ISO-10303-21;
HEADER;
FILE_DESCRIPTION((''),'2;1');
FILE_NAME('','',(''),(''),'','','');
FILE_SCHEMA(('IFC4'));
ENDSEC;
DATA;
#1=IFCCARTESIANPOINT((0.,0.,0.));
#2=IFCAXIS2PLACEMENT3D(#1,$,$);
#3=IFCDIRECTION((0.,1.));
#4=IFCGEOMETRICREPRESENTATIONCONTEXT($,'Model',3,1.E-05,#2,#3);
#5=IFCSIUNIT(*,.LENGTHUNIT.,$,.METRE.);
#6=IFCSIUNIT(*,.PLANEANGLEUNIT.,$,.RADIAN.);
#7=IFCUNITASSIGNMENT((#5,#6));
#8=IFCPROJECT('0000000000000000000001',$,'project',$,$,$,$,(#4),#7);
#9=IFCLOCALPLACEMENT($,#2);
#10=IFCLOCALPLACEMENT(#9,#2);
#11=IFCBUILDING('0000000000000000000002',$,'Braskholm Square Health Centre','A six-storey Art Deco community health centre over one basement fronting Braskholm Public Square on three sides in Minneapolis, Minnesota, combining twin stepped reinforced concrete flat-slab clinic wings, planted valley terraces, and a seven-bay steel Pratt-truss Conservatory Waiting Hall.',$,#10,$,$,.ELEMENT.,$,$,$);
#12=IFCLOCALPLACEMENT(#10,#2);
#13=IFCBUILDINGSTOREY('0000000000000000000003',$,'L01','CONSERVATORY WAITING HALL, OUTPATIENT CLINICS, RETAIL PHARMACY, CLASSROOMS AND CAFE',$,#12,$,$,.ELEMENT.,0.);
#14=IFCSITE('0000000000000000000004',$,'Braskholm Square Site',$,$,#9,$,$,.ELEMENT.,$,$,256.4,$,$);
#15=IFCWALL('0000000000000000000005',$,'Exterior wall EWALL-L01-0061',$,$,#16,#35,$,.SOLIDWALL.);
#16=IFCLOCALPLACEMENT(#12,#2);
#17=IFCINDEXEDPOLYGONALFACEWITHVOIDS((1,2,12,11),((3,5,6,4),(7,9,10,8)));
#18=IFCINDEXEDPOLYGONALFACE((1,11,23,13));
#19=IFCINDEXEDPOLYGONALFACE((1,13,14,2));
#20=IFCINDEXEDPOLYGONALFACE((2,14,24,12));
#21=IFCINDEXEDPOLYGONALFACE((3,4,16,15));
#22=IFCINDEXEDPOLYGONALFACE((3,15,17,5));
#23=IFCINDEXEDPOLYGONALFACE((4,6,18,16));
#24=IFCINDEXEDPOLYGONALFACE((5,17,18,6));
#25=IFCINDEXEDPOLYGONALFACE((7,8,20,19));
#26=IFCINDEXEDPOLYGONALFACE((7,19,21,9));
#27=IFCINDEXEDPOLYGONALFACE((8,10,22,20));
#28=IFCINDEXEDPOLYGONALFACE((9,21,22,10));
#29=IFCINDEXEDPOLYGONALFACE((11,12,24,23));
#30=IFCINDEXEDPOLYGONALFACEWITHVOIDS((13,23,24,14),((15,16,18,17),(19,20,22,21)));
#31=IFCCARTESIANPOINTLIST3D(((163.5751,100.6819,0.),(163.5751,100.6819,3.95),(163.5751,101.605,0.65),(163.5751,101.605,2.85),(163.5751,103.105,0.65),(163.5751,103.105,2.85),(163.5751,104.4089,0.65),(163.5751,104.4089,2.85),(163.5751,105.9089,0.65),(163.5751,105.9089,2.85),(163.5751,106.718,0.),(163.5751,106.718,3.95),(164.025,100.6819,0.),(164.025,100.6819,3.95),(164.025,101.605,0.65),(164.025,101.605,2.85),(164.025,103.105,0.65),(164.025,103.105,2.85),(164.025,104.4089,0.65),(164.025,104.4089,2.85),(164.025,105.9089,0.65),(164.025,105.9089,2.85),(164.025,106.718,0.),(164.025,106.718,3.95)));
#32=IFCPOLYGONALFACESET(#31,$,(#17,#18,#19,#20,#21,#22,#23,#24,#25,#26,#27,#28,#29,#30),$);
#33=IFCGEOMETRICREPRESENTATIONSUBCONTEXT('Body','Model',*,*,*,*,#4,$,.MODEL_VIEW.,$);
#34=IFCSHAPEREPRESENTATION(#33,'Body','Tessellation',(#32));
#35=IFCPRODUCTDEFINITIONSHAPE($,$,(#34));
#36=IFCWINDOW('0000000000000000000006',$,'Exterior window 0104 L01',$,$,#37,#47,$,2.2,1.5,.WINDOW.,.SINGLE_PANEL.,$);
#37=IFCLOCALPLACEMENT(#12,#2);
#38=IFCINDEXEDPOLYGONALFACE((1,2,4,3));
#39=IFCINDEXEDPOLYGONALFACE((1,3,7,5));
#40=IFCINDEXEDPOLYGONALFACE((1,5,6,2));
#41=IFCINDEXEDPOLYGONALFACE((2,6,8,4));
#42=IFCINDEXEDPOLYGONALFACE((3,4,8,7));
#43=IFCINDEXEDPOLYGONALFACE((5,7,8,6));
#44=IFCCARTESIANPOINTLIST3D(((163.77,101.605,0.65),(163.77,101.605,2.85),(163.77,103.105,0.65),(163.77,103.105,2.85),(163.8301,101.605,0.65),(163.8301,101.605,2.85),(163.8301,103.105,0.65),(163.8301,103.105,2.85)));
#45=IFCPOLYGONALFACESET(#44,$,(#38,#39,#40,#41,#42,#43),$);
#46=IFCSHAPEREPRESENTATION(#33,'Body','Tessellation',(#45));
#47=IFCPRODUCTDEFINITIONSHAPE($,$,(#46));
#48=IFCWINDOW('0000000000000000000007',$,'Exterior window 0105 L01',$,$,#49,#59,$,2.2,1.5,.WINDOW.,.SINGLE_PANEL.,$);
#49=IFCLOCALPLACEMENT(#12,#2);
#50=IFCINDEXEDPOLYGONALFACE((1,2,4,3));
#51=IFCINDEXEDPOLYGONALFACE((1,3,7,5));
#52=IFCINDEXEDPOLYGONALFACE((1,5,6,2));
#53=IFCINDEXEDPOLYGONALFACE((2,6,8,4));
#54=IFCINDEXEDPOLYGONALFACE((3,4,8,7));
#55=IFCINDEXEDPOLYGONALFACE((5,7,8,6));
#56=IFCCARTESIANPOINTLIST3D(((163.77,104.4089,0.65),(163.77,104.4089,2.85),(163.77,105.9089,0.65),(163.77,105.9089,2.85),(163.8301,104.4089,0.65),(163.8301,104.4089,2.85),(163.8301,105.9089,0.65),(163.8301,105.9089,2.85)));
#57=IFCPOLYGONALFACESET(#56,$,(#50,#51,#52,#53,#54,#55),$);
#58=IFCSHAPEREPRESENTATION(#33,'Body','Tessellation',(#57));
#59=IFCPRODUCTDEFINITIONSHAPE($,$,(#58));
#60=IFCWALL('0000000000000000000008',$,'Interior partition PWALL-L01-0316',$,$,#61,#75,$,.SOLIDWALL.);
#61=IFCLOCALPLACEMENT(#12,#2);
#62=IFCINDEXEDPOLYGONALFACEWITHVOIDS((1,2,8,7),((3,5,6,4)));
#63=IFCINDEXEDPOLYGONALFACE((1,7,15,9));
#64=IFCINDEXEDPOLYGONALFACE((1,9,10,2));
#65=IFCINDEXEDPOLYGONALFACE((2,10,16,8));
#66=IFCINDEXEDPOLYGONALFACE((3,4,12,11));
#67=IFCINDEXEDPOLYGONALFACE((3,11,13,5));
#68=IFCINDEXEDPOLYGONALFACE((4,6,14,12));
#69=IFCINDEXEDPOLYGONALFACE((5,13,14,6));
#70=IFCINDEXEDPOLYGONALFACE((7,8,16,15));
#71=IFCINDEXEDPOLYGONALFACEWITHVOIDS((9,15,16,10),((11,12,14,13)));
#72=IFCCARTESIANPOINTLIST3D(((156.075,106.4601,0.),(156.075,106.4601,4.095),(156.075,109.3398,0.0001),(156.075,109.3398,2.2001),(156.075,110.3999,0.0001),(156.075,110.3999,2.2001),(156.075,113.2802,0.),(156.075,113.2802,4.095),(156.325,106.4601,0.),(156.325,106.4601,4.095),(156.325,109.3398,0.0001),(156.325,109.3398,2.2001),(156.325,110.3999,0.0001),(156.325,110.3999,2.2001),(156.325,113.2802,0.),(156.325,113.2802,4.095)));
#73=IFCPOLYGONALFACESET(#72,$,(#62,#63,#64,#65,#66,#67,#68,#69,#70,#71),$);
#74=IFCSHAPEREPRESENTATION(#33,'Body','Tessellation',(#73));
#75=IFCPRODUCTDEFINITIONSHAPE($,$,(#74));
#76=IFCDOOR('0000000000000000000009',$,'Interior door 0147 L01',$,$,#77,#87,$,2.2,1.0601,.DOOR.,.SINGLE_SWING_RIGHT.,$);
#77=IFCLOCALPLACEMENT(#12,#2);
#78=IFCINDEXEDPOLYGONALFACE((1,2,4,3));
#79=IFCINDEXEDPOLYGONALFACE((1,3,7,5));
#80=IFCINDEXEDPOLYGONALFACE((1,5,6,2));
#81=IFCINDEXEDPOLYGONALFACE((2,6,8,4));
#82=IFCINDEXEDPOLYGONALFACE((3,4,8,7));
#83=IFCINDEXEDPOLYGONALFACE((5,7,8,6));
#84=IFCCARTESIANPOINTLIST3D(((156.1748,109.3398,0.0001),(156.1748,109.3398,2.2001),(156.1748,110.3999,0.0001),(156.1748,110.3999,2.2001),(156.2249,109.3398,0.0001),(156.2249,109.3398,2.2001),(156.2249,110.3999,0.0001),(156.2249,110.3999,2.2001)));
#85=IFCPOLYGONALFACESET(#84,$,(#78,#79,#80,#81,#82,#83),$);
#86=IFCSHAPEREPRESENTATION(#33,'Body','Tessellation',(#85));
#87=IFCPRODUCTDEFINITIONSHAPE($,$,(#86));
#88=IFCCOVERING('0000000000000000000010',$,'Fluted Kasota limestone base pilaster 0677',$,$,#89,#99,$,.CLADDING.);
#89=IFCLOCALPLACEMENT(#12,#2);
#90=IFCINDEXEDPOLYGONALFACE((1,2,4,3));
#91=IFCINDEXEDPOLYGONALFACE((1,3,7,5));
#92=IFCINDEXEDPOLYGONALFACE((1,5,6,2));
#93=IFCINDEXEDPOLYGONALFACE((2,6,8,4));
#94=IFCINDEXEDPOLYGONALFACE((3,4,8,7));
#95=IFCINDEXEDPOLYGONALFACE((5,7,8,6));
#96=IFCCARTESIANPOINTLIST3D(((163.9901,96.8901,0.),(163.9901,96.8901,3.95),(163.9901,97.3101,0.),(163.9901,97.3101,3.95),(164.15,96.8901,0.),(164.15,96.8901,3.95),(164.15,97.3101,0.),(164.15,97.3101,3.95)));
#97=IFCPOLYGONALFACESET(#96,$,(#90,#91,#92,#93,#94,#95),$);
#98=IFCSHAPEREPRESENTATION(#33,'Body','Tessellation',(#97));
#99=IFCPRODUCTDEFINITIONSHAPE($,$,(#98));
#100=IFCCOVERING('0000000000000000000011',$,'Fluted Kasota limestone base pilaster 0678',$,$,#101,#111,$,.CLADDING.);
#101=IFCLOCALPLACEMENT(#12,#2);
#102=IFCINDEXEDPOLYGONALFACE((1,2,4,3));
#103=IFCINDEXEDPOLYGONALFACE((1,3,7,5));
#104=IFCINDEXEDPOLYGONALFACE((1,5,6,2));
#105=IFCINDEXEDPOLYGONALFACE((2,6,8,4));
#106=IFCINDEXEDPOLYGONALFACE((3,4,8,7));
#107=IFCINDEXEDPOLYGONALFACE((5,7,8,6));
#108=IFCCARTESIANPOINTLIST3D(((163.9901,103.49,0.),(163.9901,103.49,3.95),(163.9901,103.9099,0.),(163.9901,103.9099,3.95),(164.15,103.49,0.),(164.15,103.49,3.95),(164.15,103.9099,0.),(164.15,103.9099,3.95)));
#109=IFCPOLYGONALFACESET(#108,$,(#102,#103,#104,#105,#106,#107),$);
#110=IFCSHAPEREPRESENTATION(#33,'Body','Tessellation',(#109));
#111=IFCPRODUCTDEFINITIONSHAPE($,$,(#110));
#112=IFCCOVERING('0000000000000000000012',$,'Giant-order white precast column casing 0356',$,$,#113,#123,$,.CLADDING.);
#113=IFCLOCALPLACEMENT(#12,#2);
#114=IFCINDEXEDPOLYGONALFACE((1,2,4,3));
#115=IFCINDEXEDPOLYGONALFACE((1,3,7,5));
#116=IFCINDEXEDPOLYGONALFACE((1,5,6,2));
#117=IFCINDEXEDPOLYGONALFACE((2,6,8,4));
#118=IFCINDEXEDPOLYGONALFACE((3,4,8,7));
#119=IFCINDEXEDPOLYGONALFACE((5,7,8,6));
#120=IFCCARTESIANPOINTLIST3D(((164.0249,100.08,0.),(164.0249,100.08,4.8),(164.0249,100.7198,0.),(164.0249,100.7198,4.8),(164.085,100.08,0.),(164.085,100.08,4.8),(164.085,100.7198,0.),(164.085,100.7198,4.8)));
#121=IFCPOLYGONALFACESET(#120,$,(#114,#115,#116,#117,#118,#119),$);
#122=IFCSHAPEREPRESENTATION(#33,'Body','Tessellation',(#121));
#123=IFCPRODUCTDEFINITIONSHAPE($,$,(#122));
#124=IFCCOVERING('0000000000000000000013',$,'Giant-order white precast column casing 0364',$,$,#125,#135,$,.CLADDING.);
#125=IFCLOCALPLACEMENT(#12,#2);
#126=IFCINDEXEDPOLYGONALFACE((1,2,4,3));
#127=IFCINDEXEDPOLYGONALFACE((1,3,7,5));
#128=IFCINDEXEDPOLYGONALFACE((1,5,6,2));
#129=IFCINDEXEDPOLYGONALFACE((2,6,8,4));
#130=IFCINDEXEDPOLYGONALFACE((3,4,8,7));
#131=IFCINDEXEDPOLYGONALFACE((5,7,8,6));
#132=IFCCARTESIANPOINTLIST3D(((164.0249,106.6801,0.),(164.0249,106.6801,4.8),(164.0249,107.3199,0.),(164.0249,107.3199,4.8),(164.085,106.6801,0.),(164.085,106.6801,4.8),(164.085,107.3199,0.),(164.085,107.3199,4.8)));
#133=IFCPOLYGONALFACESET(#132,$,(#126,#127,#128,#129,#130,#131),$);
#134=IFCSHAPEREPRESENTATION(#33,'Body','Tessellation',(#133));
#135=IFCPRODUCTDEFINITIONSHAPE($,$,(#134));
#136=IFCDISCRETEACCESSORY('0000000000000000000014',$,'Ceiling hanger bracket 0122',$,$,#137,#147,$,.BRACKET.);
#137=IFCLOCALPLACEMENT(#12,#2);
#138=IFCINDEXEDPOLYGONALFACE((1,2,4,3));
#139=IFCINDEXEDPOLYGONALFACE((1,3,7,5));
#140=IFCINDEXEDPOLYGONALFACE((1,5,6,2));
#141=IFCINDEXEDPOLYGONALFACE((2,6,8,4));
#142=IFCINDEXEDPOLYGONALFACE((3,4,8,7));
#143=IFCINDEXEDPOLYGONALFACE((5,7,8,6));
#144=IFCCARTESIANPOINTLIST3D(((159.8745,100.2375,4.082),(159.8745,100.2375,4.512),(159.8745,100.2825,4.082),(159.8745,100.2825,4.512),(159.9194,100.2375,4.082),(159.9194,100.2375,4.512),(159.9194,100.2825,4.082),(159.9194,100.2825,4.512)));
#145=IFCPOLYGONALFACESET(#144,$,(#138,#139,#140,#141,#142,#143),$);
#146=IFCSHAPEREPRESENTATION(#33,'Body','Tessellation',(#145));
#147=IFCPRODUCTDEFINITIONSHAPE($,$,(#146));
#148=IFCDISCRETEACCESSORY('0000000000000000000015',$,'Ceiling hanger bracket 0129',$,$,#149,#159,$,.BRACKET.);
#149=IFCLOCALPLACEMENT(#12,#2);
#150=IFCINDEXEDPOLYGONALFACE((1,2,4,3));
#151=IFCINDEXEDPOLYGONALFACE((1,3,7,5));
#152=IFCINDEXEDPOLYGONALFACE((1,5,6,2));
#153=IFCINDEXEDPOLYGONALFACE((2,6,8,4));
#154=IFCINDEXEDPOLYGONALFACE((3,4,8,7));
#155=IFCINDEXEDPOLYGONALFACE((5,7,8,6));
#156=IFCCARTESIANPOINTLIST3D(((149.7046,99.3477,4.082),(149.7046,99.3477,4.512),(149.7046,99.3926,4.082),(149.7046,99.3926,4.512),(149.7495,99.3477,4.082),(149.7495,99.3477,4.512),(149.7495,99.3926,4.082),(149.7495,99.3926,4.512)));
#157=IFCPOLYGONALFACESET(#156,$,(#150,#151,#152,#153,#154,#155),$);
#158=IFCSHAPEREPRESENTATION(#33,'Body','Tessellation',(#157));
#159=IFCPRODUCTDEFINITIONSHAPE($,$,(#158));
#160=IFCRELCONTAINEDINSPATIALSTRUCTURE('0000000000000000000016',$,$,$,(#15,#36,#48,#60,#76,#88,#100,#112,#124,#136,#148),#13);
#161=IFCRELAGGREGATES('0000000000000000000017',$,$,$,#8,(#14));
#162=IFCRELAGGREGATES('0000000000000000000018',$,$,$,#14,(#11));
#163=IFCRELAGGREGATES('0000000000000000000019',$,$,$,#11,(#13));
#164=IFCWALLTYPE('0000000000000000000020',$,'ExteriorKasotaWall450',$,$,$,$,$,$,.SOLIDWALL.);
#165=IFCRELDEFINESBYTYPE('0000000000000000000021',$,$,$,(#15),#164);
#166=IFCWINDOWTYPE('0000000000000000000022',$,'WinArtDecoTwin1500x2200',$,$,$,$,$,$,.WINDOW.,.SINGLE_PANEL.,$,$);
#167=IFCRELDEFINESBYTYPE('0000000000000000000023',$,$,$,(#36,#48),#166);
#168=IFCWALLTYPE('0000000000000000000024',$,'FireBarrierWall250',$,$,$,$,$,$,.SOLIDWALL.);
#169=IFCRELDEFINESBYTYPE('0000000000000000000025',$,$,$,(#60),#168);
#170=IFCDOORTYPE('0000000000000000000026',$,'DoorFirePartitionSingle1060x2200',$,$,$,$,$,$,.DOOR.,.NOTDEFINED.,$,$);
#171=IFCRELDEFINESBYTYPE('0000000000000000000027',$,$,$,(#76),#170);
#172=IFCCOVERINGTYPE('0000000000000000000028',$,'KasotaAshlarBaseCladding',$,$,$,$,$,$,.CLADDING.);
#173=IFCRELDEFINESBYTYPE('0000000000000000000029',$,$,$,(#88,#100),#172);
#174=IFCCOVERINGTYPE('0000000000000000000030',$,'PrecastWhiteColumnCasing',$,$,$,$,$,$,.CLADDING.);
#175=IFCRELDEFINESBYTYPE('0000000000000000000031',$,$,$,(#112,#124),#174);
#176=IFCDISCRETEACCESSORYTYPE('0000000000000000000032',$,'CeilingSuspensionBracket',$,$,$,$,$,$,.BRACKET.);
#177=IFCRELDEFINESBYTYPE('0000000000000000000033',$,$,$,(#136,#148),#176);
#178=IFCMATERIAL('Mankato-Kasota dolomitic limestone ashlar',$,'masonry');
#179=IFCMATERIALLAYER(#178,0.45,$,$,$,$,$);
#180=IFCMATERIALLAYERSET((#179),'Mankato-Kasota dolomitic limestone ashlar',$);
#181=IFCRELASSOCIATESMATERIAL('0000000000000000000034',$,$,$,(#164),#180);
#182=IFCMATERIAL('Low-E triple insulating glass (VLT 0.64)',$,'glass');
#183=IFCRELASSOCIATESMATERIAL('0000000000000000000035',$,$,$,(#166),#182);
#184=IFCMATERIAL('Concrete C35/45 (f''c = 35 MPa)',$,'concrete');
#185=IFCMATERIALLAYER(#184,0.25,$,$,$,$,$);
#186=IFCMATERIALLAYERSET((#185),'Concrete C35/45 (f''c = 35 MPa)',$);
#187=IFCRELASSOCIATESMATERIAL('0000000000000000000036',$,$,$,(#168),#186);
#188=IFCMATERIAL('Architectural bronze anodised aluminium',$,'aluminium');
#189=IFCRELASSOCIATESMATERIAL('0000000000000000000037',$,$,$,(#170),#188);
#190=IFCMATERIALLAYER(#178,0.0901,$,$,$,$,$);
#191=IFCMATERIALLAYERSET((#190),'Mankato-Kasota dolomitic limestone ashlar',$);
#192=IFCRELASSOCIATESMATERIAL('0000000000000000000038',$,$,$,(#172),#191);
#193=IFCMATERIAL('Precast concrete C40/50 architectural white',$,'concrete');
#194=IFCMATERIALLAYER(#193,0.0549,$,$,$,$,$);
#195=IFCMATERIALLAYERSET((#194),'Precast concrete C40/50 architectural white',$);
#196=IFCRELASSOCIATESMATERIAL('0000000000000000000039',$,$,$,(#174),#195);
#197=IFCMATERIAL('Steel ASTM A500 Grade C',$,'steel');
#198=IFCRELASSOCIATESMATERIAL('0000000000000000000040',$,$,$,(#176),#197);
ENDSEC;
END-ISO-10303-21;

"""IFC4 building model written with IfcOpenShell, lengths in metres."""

from ifc_helpers import new_model, si_unit, direction, frame, frame_2d, origin, origin_with_axes, origin_2d, place, context, subcontext, project, spatial, rectangle, extrude, material, layer, layer_set, type_object, element, fill, save


model = new_model("IFC4")

# Units and contexts
model_context = context("Model", 3, precision=1e-05, world=origin(), true_north=direction((0.0, 1.0)))
body_context = subcontext(model_context, "Body", "Model", "MODEL_VIEW")
ifc_project = project(units=[si_unit("LENGTHUNIT", "METRE"), si_unit("PLANEANGLEUNIT", "RADIAN")], contexts=[model_context])

# Site, building, storey
site_placement = place(None, origin())
site = spatial("IfcSite", under=ifc_project, at=site_placement, Name="Braskholm Square Site", CompositionType="ELEMENT", RefElevation=256.4)
building_placement = place(site_placement, origin())
building = spatial("IfcBuilding", under=site, at=building_placement, Name="Braskholm Square Health Centre", Description="A six-storey Art Deco community health centre over one basement fronting Braskholm Public Square on three sides in Minneapolis, Minnesota, combining twin stepped reinforced concrete flat-slab clinic wings, planted valley terraces, and a seven-bay steel Pratt-truss Conservatory Waiting Hall.", CompositionType="ELEMENT")
storey_placement = place(building_placement, origin())
storey = spatial("IfcBuildingStorey", under=building, at=storey_placement, Name="L01", Description="CONSERVATORY WAITING HALL, OUTPATIENT CLINICS, RETAIL PHARMACY, CLASSROOMS AND CAFE", CompositionType="ELEMENT", Elevation=0.0)

# Shared definitions
ifc_material_1 = material(Name="Precast concrete C40/50 architectural white", Category="concrete")

# Shared definitions
ifc_material_2 = material(Name="Architectural bronze anodised aluminium", Category="aluminium")

# Wall, openings, windows
ifc_material_3 = material(Name="Mankato-Kasota dolomitic limestone ashlar", Category="masonry")
ifc_layer_1 = layer(ifc_material_3, 0.45)
ifc_layer_set_1 = layer_set([ifc_layer_1], Name="Mankato-Kasota dolomitic limestone ashlar")
wall_type_1 = type_object("IfcWallType", Name="ExteriorKasotaWall450", PredefinedType="SOLIDWALL", material=ifc_layer_set_1)
wall_1_placement = place(storey_placement, frame((163.8, 100.6819, 0.0), z_axis=(0.0, 0.0, 1.0), x_axis=(0.0, 1.0, 0.0)))
wall_1 = element("IfcWall", 1, at=wall_1_placement, inside=storey, type_object=wall_type_1, Name="Exterior wall EWALL-L01-0061", PredefinedType="SOLIDWALL", context=body_context, shape_type="SweptSolid", body=[
    extrude(rectangle(XDim=6.0361, YDim=0.45, at=frame_2d((3.0181, 0.0))), origin(), (0.0, 0.0, 1.0), 3.95),
])
opening_1_placement = place(wall_1_placement, frame((0.9231, 0.0, 0.6499)))
opening_1 = element("IfcOpeningElement", 2, at=opening_1_placement, cuts=wall_1, PredefinedType="OPENING", context=body_context, shape_type="SweptSolid", body=[
    extrude(rectangle(XDim=1.5, YDim=2.2, at=frame_2d((0.75, 1.1001))), frame((0.0, 0.2349, 0.0), z_axis=(0.0, -1.0, 0.0), x_axis=(1.0, 0.0, 0.0)), (0.0, 0.0, 1.0), 0.47),
])
opening_2_placement = place(wall_1_placement, frame((3.7271, 0.0, 0.6499)))
opening_2 = element("IfcOpeningElement", 3, at=opening_2_placement, cuts=wall_1, PredefinedType="OPENING", context=body_context, shape_type="SweptSolid", body=[
    extrude(rectangle(XDim=1.5, YDim=2.2, at=frame_2d((0.75, 1.1001))), frame((0.0, 0.2349, 0.0), z_axis=(0.0, -1.0, 0.0), x_axis=(1.0, 0.0, 0.0)), (0.0, 0.0, 1.0), 0.47),
])
ifc_material_4 = material(Name="Low-E triple insulating glass (VLT 0.64)", Category="glass")
window_type = type_object("IfcWindowType", Name="WinArtDecoTwin1500x2200", PartitioningType="SINGLE_PANEL", PredefinedType="WINDOW", material=ifc_material_4)
window_1_placement = place(opening_1_placement, origin_with_axes())
window_1 = element("IfcWindow", 4, at=window_1_placement, inside=storey, type_object=window_type, Name="Exterior window 0104 L01", OverallHeight=2.2, OverallWidth=1.5, PartitioningType="SINGLE_PANEL", PredefinedType="WINDOW", context=body_context, shape_type="SweptSolid", body=[
    extrude(rectangle(XDim=1.5, YDim=2.2, at=frame_2d((0.75, 1.1001))), frame((0.0, 0.03, 0.0), z_axis=(0.0, -1.0, 0.0), x_axis=(1.0, 0.0, 0.0)), (0.0, 0.0, 1.0), 0.0601),
])
fill(opening_1, window_1)
window_2_placement = place(opening_2_placement, origin_with_axes())
window_2 = element("IfcWindow", 5, at=window_2_placement, inside=storey, type_object=window_type, Name="Exterior window 0105 L01", OverallHeight=2.2, OverallWidth=1.5, PartitioningType="SINGLE_PANEL", PredefinedType="WINDOW", context=body_context, shape_type="SweptSolid", body=[
    extrude(rectangle(XDim=1.5, YDim=2.2, at=frame_2d((0.75, 1.1001))), frame((0.0, 0.03, 0.0), z_axis=(0.0, -1.0, 0.0), x_axis=(1.0, 0.0, 0.0)), (0.0, 0.0, 1.0), 0.0601),
])
fill(opening_2, window_2)

# Wall, opening, door
ifc_material_5 = material(Name="Concrete C35/45 (f'c = 35 MPa)", Category="concrete")
ifc_layer_2 = layer(ifc_material_5, 0.25)
ifc_layer_set_2 = layer_set([ifc_layer_2], Name="Concrete C35/45 (f'c = 35 MPa)")
wall_type_2 = type_object("IfcWallType", Name="FireBarrierWall250", PredefinedType="SOLIDWALL", material=ifc_layer_set_2)
wall_2_placement = place(storey_placement, frame((156.2, 106.46, 0.0), z_axis=(0.0, 0.0, 1.0), x_axis=(0.0, 1.0, 0.0)))
wall_2 = element("IfcWall", 6, at=wall_2_placement, inside=storey, type_object=wall_type_2, Name="Interior partition PWALL-L01-0316", PredefinedType="SOLIDWALL", context=body_context, shape_type="SweptSolid", body=[
    extrude(rectangle(XDim=6.8201, YDim=0.25, at=frame_2d((3.4102, 0.0))), origin(), (0.0, 0.0, 1.0), 4.095),
])
opening_3_placement = place(wall_2_placement, frame((2.8799, 0.0, 0.0)))
opening_3 = element("IfcOpeningElement", 7, at=opening_3_placement, cuts=wall_2, PredefinedType="OPENING", context=body_context, shape_type="SweptSolid", body=[
    extrude(rectangle(XDim=1.0601, YDim=2.2, at=frame_2d((0.53, 1.1001))), frame((0.0, 0.135, 0.0), z_axis=(0.0, -1.0, 0.0), x_axis=(1.0, 0.0, 0.0)), (0.0, 0.0, 1.0), 0.27),
])
door_type_1 = type_object("IfcDoorType", Name="DoorFirePartitionSingle1060x2200", OperationType="NOTDEFINED", PredefinedType="DOOR", material=ifc_material_2)
door_1_placement = place(opening_3_placement, frame((1.0601, 0.0, 0.0), z_axis=(0.0, 0.0, 1.0), x_axis=(-1.0, 0.0, 0.0)))
door_1 = element("IfcDoor", 8, at=door_1_placement, inside=storey, type_object=door_type_1, Name="Interior door 0147 L01", OperationType="SINGLE_SWING_RIGHT", OverallHeight=2.2, OverallWidth=1.0601, PredefinedType="DOOR", context=body_context, shape_type="SweptSolid", body=[
    extrude(rectangle(XDim=1.0601, YDim=2.2, at=frame_2d((0.53, 1.1001))), frame((0.0, 0.0249, 0.0), z_axis=(0.0, -1.0, 0.0), x_axis=(1.0, 0.0, 0.0)), (0.0, 0.0, 1.0), 0.05),
])
fill(opening_3, door_1)

# Coverings
ifc_layer_3 = layer(ifc_material_3, 0.0901)
ifc_layer_set_3 = layer_set([ifc_layer_3], Name="Mankato-Kasota dolomitic limestone ashlar")
covering_type_1 = type_object("IfcCoveringType", Name="KasotaAshlarBaseCladding", PredefinedType="CLADDING", material=ifc_layer_set_3)
for number, where, z_axis, x_axis, name in (
    (9, (164.0701, 97.1001, 0.0), (0.0, 0.0, 1.0), (1.0, 0.0, 0.0), "Fluted Kasota limestone base pilaster 0677"),
    (10, (164.0701, 103.7, 0.0), (0.0, 0.0, 1.0), (1.0, 0.0, 0.0), "Fluted Kasota limestone base pilaster 0678"),
):
    element("IfcCovering", number, at=place(storey_placement, frame(where, z_axis=z_axis, x_axis=x_axis)), inside=storey, type_object=covering_type_1, Name=name, PredefinedType="CLADDING", context=body_context, shape_type="SweptSolid", body=[
        extrude(rectangle(XDim=0.1599, YDim=0.4199, at=origin_2d()), origin(), (0.0, 0.0, 1.0), 3.95),
    ])
ifc_layer_4 = layer(ifc_material_1, 0.0549)
ifc_layer_set_4 = layer_set([ifc_layer_4], Name="Precast concrete C40/50 architectural white")
covering_type_2 = type_object("IfcCoveringType", Name="PrecastWhiteColumnCasing", PredefinedType="CLADDING", material=ifc_layer_set_4)
for number, where, z_axis, x_axis, name in (
    (11, (164.0549, 100.3999, 0.0), (0.0, 0.0, 1.0), (1.0, 0.0, 0.0), "Giant-order white precast column casing 0356"),
    (12, (164.0549, 107.0, 0.0), (0.0, 0.0, 1.0), (1.0, 0.0, 0.0), "Giant-order white precast column casing 0364"),
):
    element("IfcCovering", number, at=place(storey_placement, frame(where, z_axis=z_axis, x_axis=x_axis)), inside=storey, type_object=covering_type_2, Name=name, PredefinedType="CLADDING", context=body_context, shape_type="SweptSolid", body=[
        extrude(rectangle(XDim=0.0601, YDim=0.6399, at=origin_2d()), origin(), (0.0, 0.0, 1.0), 4.8),
    ])

# Discrete accessories
ifc_material_6 = material(Name="Steel ASTM A500 Grade C", Category="steel")
discrete_accessory_type = type_object("IfcDiscreteAccessoryType", Name="CeilingSuspensionBracket", PredefinedType="BRACKET", material=ifc_material_6)
for number, where, z_axis, x_axis, name in (
    (13, (159.897, 100.26, 4.082), (0.0, 0.0, 1.0), (1.0, 0.0, 0.0), "Ceiling hanger bracket 0122"),
    (14, (149.7271, 99.3701, 4.082), (0.0, 0.0, 1.0), (1.0, 0.0, 0.0), "Ceiling hanger bracket 0129"),
):
    element("IfcDiscreteAccessory", number, at=place(storey_placement, frame(where, z_axis=z_axis, x_axis=x_axis)), inside=storey, type_object=discrete_accessory_type, Name=name, PredefinedType="BRACKET", context=body_context, shape_type="SweptSolid", body=[
        extrude(rectangle(XDim=0.0449, YDim=0.0449, at=origin_2d()), origin(), (0.0, 0.0, 1.0), 0.4299),
    ])

save(model, "model.ifc")
